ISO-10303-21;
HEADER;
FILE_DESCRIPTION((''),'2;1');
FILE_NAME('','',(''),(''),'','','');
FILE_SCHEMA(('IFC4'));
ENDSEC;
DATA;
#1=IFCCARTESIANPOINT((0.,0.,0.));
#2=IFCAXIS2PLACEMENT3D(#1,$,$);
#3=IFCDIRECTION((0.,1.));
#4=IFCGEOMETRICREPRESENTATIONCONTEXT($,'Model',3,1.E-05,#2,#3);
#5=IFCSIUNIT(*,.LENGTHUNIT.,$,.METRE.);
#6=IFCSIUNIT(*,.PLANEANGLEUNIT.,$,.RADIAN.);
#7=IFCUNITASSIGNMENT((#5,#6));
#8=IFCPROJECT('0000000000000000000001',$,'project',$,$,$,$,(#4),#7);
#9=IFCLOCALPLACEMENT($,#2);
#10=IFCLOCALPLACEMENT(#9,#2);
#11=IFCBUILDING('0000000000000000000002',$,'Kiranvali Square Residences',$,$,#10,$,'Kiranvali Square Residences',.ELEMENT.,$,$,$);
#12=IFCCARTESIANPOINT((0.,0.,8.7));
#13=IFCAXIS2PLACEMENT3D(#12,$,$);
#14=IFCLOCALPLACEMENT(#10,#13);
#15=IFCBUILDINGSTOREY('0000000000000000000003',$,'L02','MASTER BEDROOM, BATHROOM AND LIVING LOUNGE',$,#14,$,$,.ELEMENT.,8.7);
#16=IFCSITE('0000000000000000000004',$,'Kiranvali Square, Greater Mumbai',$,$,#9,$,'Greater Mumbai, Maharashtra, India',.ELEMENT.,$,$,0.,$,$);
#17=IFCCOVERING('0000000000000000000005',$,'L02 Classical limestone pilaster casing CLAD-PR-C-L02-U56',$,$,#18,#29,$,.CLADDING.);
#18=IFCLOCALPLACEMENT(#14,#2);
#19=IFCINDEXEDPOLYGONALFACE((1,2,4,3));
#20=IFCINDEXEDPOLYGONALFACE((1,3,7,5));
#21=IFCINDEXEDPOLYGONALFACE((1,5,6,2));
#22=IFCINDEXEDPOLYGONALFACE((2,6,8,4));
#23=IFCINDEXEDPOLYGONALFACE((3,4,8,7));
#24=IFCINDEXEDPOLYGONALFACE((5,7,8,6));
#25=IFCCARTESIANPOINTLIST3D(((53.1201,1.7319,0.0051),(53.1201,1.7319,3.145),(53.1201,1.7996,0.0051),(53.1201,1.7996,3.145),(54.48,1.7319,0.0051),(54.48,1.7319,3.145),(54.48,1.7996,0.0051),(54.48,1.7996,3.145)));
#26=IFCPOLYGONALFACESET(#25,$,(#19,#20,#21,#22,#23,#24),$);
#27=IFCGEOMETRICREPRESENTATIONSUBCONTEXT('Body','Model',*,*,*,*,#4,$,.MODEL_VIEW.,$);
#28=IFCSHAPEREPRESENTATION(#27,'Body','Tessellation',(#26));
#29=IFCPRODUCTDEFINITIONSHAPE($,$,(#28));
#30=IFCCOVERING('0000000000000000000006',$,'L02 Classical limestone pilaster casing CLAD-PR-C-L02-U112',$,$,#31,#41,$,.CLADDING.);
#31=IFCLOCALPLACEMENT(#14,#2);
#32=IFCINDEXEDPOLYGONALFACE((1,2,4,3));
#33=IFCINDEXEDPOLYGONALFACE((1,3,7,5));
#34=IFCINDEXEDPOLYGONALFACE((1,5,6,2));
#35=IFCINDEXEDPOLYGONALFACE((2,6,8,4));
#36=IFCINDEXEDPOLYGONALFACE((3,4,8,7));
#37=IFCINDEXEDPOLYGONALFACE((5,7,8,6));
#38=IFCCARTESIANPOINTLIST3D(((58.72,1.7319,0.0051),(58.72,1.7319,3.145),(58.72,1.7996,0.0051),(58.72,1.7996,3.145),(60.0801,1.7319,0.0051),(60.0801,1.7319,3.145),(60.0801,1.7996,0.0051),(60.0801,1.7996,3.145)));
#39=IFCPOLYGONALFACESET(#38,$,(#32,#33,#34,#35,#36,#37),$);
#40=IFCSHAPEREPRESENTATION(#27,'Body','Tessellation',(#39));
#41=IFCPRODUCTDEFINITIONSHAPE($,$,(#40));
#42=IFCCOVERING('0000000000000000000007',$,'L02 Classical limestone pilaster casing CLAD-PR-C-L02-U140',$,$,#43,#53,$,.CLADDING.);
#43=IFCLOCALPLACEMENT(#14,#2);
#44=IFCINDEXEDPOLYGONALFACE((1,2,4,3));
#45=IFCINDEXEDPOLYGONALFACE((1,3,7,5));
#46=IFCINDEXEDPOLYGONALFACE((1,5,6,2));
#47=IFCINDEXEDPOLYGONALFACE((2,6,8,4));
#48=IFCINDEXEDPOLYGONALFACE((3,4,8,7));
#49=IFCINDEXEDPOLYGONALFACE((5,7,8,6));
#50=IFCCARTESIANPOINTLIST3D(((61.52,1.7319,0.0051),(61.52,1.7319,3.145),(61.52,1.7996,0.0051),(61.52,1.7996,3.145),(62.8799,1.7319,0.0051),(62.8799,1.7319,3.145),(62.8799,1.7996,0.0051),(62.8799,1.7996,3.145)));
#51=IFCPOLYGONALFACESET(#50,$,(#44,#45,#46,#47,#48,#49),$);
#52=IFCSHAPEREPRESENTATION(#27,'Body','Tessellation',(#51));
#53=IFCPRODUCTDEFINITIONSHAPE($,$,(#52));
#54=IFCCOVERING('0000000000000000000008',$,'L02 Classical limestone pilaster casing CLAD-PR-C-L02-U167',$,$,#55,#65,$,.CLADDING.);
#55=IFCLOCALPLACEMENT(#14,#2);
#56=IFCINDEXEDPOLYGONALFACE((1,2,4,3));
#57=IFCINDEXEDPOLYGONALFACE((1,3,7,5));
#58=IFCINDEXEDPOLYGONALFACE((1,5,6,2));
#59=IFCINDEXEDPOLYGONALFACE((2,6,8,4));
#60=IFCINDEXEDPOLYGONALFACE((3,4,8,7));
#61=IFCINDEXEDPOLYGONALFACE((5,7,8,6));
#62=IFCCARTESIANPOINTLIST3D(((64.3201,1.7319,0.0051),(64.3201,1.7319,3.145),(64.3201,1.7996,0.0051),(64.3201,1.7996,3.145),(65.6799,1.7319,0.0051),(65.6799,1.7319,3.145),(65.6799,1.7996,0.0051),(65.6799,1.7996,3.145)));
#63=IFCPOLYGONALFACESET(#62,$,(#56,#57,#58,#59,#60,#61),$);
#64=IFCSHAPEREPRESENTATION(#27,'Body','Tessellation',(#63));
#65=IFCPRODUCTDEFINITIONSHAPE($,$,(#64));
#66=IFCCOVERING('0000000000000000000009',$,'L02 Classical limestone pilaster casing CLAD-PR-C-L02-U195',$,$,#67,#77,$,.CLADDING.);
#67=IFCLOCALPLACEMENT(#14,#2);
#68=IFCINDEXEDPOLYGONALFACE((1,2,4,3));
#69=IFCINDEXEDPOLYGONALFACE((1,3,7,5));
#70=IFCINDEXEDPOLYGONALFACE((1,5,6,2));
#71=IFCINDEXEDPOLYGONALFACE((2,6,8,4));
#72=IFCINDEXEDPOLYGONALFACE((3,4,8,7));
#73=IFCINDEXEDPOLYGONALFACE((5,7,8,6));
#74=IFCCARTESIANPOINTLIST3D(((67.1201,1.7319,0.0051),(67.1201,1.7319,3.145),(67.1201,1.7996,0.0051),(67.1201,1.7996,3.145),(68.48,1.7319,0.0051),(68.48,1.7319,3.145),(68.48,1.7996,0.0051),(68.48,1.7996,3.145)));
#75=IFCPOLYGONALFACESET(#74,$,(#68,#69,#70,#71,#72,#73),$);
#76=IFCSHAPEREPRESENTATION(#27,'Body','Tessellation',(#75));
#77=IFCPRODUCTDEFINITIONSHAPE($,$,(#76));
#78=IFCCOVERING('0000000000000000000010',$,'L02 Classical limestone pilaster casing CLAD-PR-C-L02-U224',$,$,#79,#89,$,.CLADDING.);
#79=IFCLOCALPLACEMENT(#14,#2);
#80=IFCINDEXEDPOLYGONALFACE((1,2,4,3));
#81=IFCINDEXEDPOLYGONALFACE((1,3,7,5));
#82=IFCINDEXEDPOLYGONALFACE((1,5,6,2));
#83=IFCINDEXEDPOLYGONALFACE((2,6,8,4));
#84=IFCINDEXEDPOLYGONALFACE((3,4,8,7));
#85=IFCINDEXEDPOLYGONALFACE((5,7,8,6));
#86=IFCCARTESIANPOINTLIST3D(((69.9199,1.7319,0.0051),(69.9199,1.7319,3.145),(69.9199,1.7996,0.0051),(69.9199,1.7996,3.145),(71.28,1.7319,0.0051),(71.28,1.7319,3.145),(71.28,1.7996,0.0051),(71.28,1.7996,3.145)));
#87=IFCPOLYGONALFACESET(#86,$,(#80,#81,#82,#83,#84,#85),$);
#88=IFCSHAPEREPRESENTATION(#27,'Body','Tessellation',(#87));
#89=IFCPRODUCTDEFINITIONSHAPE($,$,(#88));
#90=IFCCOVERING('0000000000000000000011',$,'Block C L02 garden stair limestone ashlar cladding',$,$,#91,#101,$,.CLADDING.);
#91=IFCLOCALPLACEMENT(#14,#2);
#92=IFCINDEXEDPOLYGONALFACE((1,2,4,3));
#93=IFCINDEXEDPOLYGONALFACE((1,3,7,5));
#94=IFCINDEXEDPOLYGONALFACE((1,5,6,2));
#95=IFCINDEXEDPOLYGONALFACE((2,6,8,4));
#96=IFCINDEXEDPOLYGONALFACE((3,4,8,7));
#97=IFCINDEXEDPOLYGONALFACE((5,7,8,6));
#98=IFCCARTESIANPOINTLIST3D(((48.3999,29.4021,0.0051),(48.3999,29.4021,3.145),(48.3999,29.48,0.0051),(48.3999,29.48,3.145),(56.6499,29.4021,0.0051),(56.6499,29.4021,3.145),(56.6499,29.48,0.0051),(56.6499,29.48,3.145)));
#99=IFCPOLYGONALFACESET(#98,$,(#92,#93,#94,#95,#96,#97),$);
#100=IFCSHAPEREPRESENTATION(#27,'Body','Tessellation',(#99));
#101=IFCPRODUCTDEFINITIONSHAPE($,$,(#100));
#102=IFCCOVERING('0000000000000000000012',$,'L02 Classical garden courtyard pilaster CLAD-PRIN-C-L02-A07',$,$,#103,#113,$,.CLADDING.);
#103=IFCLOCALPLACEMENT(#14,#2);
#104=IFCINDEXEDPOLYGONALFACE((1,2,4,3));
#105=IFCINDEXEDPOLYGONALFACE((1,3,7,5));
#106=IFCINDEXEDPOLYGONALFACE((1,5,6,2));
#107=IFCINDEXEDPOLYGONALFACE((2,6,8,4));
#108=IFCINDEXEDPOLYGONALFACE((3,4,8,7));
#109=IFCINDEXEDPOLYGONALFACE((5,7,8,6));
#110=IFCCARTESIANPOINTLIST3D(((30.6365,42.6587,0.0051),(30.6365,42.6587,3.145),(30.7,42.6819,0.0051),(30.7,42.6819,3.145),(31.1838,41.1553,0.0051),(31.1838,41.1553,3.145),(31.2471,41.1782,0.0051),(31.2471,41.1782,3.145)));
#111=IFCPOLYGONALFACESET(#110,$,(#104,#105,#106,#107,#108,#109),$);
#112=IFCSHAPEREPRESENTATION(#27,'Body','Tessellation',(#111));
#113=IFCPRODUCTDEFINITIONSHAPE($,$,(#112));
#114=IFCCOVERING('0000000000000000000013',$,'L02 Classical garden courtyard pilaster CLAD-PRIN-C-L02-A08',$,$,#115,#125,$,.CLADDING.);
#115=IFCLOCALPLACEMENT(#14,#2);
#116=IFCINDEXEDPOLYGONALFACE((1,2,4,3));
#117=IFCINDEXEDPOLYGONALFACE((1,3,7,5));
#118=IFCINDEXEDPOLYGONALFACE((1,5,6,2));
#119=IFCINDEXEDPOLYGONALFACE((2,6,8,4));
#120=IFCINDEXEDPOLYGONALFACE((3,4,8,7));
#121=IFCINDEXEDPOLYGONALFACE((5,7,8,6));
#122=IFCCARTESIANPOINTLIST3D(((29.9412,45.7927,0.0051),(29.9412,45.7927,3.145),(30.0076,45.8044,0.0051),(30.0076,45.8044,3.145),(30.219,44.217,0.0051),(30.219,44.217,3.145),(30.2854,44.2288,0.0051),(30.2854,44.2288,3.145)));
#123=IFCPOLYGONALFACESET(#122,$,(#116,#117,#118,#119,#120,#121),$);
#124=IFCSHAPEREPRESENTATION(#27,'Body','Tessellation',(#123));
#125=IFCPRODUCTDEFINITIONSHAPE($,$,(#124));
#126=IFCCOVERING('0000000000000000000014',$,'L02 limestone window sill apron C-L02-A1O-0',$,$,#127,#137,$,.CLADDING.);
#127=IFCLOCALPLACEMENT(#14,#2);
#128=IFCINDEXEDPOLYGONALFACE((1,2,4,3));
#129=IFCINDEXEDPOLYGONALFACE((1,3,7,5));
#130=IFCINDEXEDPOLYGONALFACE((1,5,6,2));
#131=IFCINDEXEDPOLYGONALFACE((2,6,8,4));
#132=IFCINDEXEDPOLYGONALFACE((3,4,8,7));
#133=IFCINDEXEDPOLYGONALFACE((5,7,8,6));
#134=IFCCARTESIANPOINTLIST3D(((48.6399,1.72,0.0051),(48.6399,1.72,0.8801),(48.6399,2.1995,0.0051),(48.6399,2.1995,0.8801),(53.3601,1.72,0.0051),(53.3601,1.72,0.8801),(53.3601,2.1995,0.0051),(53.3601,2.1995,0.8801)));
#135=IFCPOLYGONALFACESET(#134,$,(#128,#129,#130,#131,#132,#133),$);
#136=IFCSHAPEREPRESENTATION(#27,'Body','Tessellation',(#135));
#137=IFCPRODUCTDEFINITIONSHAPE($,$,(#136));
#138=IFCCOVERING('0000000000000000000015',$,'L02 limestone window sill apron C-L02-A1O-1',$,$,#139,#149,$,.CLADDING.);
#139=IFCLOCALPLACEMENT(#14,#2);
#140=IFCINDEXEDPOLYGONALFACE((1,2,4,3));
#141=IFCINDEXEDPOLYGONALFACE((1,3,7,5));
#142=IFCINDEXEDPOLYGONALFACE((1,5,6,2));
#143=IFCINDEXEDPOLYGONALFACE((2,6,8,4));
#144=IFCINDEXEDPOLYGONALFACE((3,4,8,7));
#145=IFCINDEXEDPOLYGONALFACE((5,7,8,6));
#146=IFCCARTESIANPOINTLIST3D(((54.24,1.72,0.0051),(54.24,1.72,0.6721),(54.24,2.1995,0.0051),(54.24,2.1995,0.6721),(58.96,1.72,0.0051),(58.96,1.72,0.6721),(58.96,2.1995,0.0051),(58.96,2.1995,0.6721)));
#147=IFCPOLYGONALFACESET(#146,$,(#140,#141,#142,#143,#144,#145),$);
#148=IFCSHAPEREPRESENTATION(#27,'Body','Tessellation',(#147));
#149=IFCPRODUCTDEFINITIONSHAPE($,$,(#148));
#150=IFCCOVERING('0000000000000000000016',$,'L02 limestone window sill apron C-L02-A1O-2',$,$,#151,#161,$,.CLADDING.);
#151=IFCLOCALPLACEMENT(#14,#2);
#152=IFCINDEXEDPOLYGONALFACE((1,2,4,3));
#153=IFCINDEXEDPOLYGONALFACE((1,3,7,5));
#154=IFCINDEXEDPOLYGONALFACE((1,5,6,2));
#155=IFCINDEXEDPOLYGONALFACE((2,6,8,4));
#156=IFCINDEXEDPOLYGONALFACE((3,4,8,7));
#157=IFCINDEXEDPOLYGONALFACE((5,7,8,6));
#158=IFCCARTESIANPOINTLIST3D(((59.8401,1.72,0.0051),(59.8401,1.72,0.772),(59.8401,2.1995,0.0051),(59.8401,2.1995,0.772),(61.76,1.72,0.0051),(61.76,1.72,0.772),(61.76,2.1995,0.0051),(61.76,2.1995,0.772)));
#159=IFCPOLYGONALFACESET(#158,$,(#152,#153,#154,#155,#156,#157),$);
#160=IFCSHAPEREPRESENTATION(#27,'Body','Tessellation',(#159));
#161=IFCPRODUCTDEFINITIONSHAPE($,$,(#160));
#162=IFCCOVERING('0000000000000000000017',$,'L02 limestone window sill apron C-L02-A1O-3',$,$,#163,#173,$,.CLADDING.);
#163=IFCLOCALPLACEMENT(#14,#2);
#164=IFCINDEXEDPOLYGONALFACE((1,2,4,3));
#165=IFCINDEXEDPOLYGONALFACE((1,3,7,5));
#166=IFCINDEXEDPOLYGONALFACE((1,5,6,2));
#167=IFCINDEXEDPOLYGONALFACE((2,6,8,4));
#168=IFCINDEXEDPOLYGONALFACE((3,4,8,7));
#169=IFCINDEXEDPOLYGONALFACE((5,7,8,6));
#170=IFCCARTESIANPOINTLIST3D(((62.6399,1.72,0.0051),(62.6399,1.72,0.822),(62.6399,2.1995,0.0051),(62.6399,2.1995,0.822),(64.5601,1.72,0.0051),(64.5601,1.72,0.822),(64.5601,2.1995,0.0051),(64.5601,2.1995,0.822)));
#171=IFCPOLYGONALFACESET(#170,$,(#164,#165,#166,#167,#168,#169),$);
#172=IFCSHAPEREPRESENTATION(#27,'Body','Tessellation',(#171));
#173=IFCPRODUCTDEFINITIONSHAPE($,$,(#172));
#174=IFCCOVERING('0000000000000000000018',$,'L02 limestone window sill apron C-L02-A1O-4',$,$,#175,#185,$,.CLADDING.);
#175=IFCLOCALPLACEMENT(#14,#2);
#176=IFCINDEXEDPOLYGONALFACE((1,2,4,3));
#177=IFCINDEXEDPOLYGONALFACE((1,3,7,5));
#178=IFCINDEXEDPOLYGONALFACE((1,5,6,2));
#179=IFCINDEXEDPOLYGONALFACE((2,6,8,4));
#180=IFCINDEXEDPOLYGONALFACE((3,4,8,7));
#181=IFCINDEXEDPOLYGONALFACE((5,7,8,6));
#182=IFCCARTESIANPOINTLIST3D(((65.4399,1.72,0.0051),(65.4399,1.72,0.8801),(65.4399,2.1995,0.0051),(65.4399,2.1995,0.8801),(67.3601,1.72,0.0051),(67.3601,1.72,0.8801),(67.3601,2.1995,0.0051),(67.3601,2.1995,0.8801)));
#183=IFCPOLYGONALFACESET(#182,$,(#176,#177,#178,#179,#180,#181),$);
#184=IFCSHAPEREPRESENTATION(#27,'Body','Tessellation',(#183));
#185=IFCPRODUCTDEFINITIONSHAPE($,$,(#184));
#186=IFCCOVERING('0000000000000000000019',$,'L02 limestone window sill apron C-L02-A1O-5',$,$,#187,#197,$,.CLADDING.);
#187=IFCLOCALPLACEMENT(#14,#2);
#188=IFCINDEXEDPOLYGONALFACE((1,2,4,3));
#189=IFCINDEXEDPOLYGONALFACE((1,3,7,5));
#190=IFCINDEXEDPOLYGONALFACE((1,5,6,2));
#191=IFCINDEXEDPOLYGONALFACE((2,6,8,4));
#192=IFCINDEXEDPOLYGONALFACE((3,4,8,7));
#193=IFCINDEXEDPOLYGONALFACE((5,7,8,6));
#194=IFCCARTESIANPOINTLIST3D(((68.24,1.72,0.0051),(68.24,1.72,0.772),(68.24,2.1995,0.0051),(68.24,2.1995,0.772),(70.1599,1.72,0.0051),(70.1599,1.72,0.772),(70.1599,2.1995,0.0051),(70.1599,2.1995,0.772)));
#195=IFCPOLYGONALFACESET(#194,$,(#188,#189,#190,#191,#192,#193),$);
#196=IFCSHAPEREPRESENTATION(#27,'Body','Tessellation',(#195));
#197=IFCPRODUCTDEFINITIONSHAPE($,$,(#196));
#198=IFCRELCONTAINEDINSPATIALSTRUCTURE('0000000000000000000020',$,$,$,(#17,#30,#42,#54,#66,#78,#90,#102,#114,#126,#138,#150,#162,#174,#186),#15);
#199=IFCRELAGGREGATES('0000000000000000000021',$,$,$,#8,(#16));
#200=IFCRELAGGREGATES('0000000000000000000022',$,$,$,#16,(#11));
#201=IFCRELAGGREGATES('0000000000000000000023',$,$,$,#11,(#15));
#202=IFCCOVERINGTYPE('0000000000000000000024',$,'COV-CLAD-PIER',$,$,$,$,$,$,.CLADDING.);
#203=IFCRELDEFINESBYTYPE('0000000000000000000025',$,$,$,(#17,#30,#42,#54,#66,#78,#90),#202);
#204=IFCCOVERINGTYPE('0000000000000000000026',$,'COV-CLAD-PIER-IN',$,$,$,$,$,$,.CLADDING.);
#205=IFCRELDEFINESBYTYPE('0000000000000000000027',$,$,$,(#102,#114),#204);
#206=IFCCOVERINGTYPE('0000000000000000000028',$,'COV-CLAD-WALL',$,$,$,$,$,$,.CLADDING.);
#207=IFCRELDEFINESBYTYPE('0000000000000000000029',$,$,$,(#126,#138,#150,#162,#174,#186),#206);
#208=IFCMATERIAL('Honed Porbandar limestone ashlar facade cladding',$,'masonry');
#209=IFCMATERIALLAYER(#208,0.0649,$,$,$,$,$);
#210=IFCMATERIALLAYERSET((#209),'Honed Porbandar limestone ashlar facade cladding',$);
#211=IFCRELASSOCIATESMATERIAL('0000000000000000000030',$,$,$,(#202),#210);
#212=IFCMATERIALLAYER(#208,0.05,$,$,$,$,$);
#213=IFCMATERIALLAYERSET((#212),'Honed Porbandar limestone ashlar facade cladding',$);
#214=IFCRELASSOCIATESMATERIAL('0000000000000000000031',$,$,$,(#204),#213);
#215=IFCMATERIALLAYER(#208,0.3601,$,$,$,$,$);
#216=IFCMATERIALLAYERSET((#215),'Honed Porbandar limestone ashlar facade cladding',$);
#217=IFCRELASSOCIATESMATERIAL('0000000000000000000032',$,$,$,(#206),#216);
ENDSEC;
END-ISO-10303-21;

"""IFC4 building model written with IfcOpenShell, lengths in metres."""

from ifc_helpers import new_model, si_unit, direction, frame, origin, place, context, subcontext, project, spatial, polyline, outline, extrude, material, layer, layer_set, type_object, element, save


model = new_model("IFC4")

# Units and contexts
model_context = context("Model", 3, precision=1e-05, world=origin(), true_north=direction((0.0, 1.0)))
body_context = subcontext(model_context, "Body", "Model", "MODEL_VIEW")
ifc_project = project(units=[si_unit("LENGTHUNIT", "METRE"), si_unit("PLANEANGLEUNIT", "RADIAN")], contexts=[model_context])

# Site, building, storey
site_placement = place(None, origin())
site = spatial("IfcSite", under=ifc_project, at=site_placement, Name="Kiranvali Square, Greater Mumbai", LongName="Greater Mumbai, Maharashtra, India", CompositionType="ELEMENT", RefElevation=0.0)
building_placement = place(site_placement, origin())
building = spatial("IfcBuilding", under=site, at=building_placement, Name="Kiranvali Square Residences", LongName="Kiranvali Square Residences", CompositionType="ELEMENT")
storey_placement = place(building_placement, frame((0.0, 0.0, 8.7)))
storey = spatial("IfcBuildingStorey", under=building, at=storey_placement, Name="L02", Description="MASTER BEDROOM, BATHROOM AND LIVING LOUNGE", CompositionType="ELEMENT", Elevation=8.7)

# Coverings
ifc_material = material(Name="Honed Porbandar limestone ashlar facade cladding", Category="masonry")
ifc_layer_1 = layer(ifc_material, 0.0649)
ifc_layer_set_1 = layer_set([ifc_layer_1], Name="Honed Porbandar limestone ashlar facade cladding")
covering_type_1 = type_object("IfcCoveringType", Name="COV-CLAD-PIER", PredefinedType="CLADDING", material=ifc_layer_set_1)
covering_1_placement = place(storey_placement, frame((0.0, 0.0, 0.0051)))
element("IfcCovering", 1, at=covering_1_placement, inside=storey, type_object=covering_type_1, Name="L02 Classical limestone pilaster casing CLAD-PR-C-L02-U56", PredefinedType="CLADDING", context=body_context, shape_type="SweptSolid", body=[
    extrude(outline(polyline([(53.1201, 1.7319), (54.48, 1.7319), (54.48, 1.7996), (53.1201, 1.7996), (53.1201, 1.7319)])), origin(), (0.0, 0.0, 1.0), 3.1399),
])
covering_2_placement = place(storey_placement, frame((0.0, 0.0, 0.0051)))
element("IfcCovering", 2, at=covering_2_placement, inside=storey, type_object=covering_type_1, Name="L02 Classical limestone pilaster casing CLAD-PR-C-L02-U112", PredefinedType="CLADDING", context=body_context, shape_type="SweptSolid", body=[
    extrude(outline(polyline([(58.72, 1.7319), (60.0801, 1.7319), (60.0801, 1.7996), (58.72, 1.7996), (58.72, 1.7319)])), origin(), (0.0, 0.0, 1.0), 3.1399),
])
covering_3_placement = place(storey_placement, frame((0.0, 0.0, 0.0051)))
element("IfcCovering", 3, at=covering_3_placement, inside=storey, type_object=covering_type_1, Name="L02 Classical limestone pilaster casing CLAD-PR-C-L02-U140", PredefinedType="CLADDING", context=body_context, shape_type="SweptSolid", body=[
    extrude(outline(polyline([(61.52, 1.7319), (62.8799, 1.7319), (62.8799, 1.7996), (61.52, 1.7996), (61.52, 1.7319)])), origin(), (0.0, 0.0, 1.0), 3.1399),
])
covering_4_placement = place(storey_placement, frame((0.0, 0.0, 0.0051)))
element("IfcCovering", 4, at=covering_4_placement, inside=storey, type_object=covering_type_1, Name="L02 Classical limestone pilaster casing CLAD-PR-C-L02-U167", PredefinedType="CLADDING", context=body_context, shape_type="SweptSolid", body=[
    extrude(outline(polyline([(64.3201, 1.7319), (65.6799, 1.7319), (65.6799, 1.7996), (64.3201, 1.7996), (64.3201, 1.7319)])), origin(), (0.0, 0.0, 1.0), 3.1399),
])
covering_5_placement = place(storey_placement, frame((0.0, 0.0, 0.0051)))
element("IfcCovering", 5, at=covering_5_placement, inside=storey, type_object=covering_type_1, Name="L02 Classical limestone pilaster casing CLAD-PR-C-L02-U195", PredefinedType="CLADDING", context=body_context, shape_type="SweptSolid", body=[
    extrude(outline(polyline([(67.1201, 1.7319), (68.48, 1.7319), (68.48, 1.7996), (67.1201, 1.7996), (67.1201, 1.7319)])), origin(), (0.0, 0.0, 1.0), 3.1399),
])
covering_6_placement = place(storey_placement, frame((0.0, 0.0, 0.0051)))
element("IfcCovering", 6, at=covering_6_placement, inside=storey, type_object=covering_type_1, Name="L02 Classical limestone pilaster casing CLAD-PR-C-L02-U224", PredefinedType="CLADDING", context=body_context, shape_type="SweptSolid", body=[
    extrude(outline(polyline([(69.9199, 1.7319), (71.28, 1.7319), (71.28, 1.7996), (69.9199, 1.7996), (69.9199, 1.7319)])), origin(), (0.0, 0.0, 1.0), 3.1399),
])
covering_7_placement = place(storey_placement, frame((0.0, 0.0, 0.0051)))
element("IfcCovering", 7, at=covering_7_placement, inside=storey, type_object=covering_type_1, Name="Block C L02 garden stair limestone ashlar cladding", PredefinedType="CLADDING", context=body_context, shape_type="SweptSolid", body=[
    extrude(outline(polyline([(48.3999, 29.4021), (56.6499, 29.4021), (56.6499, 29.48), (48.3999, 29.48), (48.3999, 29.4021)])), origin(), (0.0, 0.0, 1.0), 3.1399),
])
ifc_layer_2 = layer(ifc_material, 0.05)
ifc_layer_set_2 = layer_set([ifc_layer_2], Name="Honed Porbandar limestone ashlar facade cladding")
covering_type_2 = type_object("IfcCoveringType", Name="COV-CLAD-PIER-IN", PredefinedType="CLADDING", material=ifc_layer_set_2)
covering_8_placement = place(storey_placement, frame((0.0, 0.0, 0.0051)))
element("IfcCovering", 8, at=covering_8_placement, inside=storey, type_object=covering_type_2, Name="L02 Classical garden courtyard pilaster CLAD-PRIN-C-L02-A07", PredefinedType="CLADDING", context=body_context, shape_type="SweptSolid", body=[
    extrude(outline(polyline([(31.2471, 41.1782), (30.7, 42.6819), (30.6365, 42.6587), (31.1838, 41.1553), (31.2471, 41.1782)])), origin(), (0.0, 0.0, 1.0), 3.1399),
])
covering_9_placement = place(storey_placement, frame((0.0, 0.0, 0.0051)))
element("IfcCovering", 9, at=covering_9_placement, inside=storey, type_object=covering_type_2, Name="L02 Classical garden courtyard pilaster CLAD-PRIN-C-L02-A08", PredefinedType="CLADDING", context=body_context, shape_type="SweptSolid", body=[
    extrude(outline(polyline([(30.2854, 44.2288), (30.0076, 45.8044), (29.9412, 45.7927), (30.219, 44.217), (30.2854, 44.2288)])), origin(), (0.0, 0.0, 1.0), 3.1399),
])
ifc_layer_3 = layer(ifc_material, 0.3601)
ifc_layer_set_3 = layer_set([ifc_layer_3], Name="Honed Porbandar limestone ashlar facade cladding")
covering_type_3 = type_object("IfcCoveringType", Name="COV-CLAD-WALL", PredefinedType="CLADDING", material=ifc_layer_set_3)
covering_10_placement = place(storey_placement, frame((0.0, 0.0, 0.0051)))
element("IfcCovering", 10, at=covering_10_placement, inside=storey, type_object=covering_type_3, Name="L02 limestone window sill apron C-L02-A1O-0", PredefinedType="CLADDING", context=body_context, shape_type="SweptSolid", body=[
    extrude(outline(polyline([(48.6399, 1.72), (53.3601, 1.72), (53.3601, 2.1995), (48.6399, 2.1995), (48.6399, 1.72)])), origin(), (0.0, 0.0, 1.0), 0.875),
])
covering_11_placement = place(storey_placement, frame((0.0, 0.0, 0.0051)))
element("IfcCovering", 11, at=covering_11_placement, inside=storey, type_object=covering_type_3, Name="L02 limestone window sill apron C-L02-A1O-1", PredefinedType="CLADDING", context=body_context, shape_type="SweptSolid", body=[
    extrude(outline(polyline([(54.24, 1.72), (58.96, 1.72), (58.96, 2.1995), (54.24, 2.1995), (54.24, 1.72)])), origin(), (0.0, 0.0, 1.0), 0.667),
])
covering_12_placement = place(storey_placement, frame((0.0, 0.0, 0.0051)))
element("IfcCovering", 12, at=covering_12_placement, inside=storey, type_object=covering_type_3, Name="L02 limestone window sill apron C-L02-A1O-2", PredefinedType="CLADDING", context=body_context, shape_type="SweptSolid", body=[
    extrude(outline(polyline([(59.8401, 1.72), (61.76, 1.72), (61.76, 2.1995), (59.8401, 2.1995), (59.8401, 1.72)])), origin(), (0.0, 0.0, 1.0), 0.7668),
])
covering_13_placement = place(storey_placement, frame((0.0, 0.0, 0.0051)))
element("IfcCovering", 13, at=covering_13_placement, inside=storey, type_object=covering_type_3, Name="L02 limestone window sill apron C-L02-A1O-3", PredefinedType="CLADDING", context=body_context, shape_type="SweptSolid", body=[
    extrude(outline(polyline([(62.6399, 1.72), (64.5601, 1.72), (64.5601, 2.1995), (62.6399, 2.1995), (62.6399, 1.72)])), origin(), (0.0, 0.0, 1.0), 0.8169),
])
covering_14_placement = place(storey_placement, frame((0.0, 0.0, 0.0051)))
element("IfcCovering", 14, at=covering_14_placement, inside=storey, type_object=covering_type_3, Name="L02 limestone window sill apron C-L02-A1O-4", PredefinedType="CLADDING", context=body_context, shape_type="SweptSolid", body=[
    extrude(outline(polyline([(65.4399, 1.72), (67.3601, 1.72), (67.3601, 2.1995), (65.4399, 2.1995), (65.4399, 1.72)])), origin(), (0.0, 0.0, 1.0), 0.875),
])
covering_15_placement = place(storey_placement, frame((0.0, 0.0, 0.0051)))
element("IfcCovering", 15, at=covering_15_placement, inside=storey, type_object=covering_type_3, Name="L02 limestone window sill apron C-L02-A1O-5", PredefinedType="CLADDING", context=body_context, shape_type="SweptSolid", body=[
    extrude(outline(polyline([(68.24, 1.72), (70.1599, 1.72), (70.1599, 2.1995), (68.24, 2.1995), (68.24, 1.72)])), origin(), (0.0, 0.0, 1.0), 0.7668),
])

save(model, "model.ifc")
